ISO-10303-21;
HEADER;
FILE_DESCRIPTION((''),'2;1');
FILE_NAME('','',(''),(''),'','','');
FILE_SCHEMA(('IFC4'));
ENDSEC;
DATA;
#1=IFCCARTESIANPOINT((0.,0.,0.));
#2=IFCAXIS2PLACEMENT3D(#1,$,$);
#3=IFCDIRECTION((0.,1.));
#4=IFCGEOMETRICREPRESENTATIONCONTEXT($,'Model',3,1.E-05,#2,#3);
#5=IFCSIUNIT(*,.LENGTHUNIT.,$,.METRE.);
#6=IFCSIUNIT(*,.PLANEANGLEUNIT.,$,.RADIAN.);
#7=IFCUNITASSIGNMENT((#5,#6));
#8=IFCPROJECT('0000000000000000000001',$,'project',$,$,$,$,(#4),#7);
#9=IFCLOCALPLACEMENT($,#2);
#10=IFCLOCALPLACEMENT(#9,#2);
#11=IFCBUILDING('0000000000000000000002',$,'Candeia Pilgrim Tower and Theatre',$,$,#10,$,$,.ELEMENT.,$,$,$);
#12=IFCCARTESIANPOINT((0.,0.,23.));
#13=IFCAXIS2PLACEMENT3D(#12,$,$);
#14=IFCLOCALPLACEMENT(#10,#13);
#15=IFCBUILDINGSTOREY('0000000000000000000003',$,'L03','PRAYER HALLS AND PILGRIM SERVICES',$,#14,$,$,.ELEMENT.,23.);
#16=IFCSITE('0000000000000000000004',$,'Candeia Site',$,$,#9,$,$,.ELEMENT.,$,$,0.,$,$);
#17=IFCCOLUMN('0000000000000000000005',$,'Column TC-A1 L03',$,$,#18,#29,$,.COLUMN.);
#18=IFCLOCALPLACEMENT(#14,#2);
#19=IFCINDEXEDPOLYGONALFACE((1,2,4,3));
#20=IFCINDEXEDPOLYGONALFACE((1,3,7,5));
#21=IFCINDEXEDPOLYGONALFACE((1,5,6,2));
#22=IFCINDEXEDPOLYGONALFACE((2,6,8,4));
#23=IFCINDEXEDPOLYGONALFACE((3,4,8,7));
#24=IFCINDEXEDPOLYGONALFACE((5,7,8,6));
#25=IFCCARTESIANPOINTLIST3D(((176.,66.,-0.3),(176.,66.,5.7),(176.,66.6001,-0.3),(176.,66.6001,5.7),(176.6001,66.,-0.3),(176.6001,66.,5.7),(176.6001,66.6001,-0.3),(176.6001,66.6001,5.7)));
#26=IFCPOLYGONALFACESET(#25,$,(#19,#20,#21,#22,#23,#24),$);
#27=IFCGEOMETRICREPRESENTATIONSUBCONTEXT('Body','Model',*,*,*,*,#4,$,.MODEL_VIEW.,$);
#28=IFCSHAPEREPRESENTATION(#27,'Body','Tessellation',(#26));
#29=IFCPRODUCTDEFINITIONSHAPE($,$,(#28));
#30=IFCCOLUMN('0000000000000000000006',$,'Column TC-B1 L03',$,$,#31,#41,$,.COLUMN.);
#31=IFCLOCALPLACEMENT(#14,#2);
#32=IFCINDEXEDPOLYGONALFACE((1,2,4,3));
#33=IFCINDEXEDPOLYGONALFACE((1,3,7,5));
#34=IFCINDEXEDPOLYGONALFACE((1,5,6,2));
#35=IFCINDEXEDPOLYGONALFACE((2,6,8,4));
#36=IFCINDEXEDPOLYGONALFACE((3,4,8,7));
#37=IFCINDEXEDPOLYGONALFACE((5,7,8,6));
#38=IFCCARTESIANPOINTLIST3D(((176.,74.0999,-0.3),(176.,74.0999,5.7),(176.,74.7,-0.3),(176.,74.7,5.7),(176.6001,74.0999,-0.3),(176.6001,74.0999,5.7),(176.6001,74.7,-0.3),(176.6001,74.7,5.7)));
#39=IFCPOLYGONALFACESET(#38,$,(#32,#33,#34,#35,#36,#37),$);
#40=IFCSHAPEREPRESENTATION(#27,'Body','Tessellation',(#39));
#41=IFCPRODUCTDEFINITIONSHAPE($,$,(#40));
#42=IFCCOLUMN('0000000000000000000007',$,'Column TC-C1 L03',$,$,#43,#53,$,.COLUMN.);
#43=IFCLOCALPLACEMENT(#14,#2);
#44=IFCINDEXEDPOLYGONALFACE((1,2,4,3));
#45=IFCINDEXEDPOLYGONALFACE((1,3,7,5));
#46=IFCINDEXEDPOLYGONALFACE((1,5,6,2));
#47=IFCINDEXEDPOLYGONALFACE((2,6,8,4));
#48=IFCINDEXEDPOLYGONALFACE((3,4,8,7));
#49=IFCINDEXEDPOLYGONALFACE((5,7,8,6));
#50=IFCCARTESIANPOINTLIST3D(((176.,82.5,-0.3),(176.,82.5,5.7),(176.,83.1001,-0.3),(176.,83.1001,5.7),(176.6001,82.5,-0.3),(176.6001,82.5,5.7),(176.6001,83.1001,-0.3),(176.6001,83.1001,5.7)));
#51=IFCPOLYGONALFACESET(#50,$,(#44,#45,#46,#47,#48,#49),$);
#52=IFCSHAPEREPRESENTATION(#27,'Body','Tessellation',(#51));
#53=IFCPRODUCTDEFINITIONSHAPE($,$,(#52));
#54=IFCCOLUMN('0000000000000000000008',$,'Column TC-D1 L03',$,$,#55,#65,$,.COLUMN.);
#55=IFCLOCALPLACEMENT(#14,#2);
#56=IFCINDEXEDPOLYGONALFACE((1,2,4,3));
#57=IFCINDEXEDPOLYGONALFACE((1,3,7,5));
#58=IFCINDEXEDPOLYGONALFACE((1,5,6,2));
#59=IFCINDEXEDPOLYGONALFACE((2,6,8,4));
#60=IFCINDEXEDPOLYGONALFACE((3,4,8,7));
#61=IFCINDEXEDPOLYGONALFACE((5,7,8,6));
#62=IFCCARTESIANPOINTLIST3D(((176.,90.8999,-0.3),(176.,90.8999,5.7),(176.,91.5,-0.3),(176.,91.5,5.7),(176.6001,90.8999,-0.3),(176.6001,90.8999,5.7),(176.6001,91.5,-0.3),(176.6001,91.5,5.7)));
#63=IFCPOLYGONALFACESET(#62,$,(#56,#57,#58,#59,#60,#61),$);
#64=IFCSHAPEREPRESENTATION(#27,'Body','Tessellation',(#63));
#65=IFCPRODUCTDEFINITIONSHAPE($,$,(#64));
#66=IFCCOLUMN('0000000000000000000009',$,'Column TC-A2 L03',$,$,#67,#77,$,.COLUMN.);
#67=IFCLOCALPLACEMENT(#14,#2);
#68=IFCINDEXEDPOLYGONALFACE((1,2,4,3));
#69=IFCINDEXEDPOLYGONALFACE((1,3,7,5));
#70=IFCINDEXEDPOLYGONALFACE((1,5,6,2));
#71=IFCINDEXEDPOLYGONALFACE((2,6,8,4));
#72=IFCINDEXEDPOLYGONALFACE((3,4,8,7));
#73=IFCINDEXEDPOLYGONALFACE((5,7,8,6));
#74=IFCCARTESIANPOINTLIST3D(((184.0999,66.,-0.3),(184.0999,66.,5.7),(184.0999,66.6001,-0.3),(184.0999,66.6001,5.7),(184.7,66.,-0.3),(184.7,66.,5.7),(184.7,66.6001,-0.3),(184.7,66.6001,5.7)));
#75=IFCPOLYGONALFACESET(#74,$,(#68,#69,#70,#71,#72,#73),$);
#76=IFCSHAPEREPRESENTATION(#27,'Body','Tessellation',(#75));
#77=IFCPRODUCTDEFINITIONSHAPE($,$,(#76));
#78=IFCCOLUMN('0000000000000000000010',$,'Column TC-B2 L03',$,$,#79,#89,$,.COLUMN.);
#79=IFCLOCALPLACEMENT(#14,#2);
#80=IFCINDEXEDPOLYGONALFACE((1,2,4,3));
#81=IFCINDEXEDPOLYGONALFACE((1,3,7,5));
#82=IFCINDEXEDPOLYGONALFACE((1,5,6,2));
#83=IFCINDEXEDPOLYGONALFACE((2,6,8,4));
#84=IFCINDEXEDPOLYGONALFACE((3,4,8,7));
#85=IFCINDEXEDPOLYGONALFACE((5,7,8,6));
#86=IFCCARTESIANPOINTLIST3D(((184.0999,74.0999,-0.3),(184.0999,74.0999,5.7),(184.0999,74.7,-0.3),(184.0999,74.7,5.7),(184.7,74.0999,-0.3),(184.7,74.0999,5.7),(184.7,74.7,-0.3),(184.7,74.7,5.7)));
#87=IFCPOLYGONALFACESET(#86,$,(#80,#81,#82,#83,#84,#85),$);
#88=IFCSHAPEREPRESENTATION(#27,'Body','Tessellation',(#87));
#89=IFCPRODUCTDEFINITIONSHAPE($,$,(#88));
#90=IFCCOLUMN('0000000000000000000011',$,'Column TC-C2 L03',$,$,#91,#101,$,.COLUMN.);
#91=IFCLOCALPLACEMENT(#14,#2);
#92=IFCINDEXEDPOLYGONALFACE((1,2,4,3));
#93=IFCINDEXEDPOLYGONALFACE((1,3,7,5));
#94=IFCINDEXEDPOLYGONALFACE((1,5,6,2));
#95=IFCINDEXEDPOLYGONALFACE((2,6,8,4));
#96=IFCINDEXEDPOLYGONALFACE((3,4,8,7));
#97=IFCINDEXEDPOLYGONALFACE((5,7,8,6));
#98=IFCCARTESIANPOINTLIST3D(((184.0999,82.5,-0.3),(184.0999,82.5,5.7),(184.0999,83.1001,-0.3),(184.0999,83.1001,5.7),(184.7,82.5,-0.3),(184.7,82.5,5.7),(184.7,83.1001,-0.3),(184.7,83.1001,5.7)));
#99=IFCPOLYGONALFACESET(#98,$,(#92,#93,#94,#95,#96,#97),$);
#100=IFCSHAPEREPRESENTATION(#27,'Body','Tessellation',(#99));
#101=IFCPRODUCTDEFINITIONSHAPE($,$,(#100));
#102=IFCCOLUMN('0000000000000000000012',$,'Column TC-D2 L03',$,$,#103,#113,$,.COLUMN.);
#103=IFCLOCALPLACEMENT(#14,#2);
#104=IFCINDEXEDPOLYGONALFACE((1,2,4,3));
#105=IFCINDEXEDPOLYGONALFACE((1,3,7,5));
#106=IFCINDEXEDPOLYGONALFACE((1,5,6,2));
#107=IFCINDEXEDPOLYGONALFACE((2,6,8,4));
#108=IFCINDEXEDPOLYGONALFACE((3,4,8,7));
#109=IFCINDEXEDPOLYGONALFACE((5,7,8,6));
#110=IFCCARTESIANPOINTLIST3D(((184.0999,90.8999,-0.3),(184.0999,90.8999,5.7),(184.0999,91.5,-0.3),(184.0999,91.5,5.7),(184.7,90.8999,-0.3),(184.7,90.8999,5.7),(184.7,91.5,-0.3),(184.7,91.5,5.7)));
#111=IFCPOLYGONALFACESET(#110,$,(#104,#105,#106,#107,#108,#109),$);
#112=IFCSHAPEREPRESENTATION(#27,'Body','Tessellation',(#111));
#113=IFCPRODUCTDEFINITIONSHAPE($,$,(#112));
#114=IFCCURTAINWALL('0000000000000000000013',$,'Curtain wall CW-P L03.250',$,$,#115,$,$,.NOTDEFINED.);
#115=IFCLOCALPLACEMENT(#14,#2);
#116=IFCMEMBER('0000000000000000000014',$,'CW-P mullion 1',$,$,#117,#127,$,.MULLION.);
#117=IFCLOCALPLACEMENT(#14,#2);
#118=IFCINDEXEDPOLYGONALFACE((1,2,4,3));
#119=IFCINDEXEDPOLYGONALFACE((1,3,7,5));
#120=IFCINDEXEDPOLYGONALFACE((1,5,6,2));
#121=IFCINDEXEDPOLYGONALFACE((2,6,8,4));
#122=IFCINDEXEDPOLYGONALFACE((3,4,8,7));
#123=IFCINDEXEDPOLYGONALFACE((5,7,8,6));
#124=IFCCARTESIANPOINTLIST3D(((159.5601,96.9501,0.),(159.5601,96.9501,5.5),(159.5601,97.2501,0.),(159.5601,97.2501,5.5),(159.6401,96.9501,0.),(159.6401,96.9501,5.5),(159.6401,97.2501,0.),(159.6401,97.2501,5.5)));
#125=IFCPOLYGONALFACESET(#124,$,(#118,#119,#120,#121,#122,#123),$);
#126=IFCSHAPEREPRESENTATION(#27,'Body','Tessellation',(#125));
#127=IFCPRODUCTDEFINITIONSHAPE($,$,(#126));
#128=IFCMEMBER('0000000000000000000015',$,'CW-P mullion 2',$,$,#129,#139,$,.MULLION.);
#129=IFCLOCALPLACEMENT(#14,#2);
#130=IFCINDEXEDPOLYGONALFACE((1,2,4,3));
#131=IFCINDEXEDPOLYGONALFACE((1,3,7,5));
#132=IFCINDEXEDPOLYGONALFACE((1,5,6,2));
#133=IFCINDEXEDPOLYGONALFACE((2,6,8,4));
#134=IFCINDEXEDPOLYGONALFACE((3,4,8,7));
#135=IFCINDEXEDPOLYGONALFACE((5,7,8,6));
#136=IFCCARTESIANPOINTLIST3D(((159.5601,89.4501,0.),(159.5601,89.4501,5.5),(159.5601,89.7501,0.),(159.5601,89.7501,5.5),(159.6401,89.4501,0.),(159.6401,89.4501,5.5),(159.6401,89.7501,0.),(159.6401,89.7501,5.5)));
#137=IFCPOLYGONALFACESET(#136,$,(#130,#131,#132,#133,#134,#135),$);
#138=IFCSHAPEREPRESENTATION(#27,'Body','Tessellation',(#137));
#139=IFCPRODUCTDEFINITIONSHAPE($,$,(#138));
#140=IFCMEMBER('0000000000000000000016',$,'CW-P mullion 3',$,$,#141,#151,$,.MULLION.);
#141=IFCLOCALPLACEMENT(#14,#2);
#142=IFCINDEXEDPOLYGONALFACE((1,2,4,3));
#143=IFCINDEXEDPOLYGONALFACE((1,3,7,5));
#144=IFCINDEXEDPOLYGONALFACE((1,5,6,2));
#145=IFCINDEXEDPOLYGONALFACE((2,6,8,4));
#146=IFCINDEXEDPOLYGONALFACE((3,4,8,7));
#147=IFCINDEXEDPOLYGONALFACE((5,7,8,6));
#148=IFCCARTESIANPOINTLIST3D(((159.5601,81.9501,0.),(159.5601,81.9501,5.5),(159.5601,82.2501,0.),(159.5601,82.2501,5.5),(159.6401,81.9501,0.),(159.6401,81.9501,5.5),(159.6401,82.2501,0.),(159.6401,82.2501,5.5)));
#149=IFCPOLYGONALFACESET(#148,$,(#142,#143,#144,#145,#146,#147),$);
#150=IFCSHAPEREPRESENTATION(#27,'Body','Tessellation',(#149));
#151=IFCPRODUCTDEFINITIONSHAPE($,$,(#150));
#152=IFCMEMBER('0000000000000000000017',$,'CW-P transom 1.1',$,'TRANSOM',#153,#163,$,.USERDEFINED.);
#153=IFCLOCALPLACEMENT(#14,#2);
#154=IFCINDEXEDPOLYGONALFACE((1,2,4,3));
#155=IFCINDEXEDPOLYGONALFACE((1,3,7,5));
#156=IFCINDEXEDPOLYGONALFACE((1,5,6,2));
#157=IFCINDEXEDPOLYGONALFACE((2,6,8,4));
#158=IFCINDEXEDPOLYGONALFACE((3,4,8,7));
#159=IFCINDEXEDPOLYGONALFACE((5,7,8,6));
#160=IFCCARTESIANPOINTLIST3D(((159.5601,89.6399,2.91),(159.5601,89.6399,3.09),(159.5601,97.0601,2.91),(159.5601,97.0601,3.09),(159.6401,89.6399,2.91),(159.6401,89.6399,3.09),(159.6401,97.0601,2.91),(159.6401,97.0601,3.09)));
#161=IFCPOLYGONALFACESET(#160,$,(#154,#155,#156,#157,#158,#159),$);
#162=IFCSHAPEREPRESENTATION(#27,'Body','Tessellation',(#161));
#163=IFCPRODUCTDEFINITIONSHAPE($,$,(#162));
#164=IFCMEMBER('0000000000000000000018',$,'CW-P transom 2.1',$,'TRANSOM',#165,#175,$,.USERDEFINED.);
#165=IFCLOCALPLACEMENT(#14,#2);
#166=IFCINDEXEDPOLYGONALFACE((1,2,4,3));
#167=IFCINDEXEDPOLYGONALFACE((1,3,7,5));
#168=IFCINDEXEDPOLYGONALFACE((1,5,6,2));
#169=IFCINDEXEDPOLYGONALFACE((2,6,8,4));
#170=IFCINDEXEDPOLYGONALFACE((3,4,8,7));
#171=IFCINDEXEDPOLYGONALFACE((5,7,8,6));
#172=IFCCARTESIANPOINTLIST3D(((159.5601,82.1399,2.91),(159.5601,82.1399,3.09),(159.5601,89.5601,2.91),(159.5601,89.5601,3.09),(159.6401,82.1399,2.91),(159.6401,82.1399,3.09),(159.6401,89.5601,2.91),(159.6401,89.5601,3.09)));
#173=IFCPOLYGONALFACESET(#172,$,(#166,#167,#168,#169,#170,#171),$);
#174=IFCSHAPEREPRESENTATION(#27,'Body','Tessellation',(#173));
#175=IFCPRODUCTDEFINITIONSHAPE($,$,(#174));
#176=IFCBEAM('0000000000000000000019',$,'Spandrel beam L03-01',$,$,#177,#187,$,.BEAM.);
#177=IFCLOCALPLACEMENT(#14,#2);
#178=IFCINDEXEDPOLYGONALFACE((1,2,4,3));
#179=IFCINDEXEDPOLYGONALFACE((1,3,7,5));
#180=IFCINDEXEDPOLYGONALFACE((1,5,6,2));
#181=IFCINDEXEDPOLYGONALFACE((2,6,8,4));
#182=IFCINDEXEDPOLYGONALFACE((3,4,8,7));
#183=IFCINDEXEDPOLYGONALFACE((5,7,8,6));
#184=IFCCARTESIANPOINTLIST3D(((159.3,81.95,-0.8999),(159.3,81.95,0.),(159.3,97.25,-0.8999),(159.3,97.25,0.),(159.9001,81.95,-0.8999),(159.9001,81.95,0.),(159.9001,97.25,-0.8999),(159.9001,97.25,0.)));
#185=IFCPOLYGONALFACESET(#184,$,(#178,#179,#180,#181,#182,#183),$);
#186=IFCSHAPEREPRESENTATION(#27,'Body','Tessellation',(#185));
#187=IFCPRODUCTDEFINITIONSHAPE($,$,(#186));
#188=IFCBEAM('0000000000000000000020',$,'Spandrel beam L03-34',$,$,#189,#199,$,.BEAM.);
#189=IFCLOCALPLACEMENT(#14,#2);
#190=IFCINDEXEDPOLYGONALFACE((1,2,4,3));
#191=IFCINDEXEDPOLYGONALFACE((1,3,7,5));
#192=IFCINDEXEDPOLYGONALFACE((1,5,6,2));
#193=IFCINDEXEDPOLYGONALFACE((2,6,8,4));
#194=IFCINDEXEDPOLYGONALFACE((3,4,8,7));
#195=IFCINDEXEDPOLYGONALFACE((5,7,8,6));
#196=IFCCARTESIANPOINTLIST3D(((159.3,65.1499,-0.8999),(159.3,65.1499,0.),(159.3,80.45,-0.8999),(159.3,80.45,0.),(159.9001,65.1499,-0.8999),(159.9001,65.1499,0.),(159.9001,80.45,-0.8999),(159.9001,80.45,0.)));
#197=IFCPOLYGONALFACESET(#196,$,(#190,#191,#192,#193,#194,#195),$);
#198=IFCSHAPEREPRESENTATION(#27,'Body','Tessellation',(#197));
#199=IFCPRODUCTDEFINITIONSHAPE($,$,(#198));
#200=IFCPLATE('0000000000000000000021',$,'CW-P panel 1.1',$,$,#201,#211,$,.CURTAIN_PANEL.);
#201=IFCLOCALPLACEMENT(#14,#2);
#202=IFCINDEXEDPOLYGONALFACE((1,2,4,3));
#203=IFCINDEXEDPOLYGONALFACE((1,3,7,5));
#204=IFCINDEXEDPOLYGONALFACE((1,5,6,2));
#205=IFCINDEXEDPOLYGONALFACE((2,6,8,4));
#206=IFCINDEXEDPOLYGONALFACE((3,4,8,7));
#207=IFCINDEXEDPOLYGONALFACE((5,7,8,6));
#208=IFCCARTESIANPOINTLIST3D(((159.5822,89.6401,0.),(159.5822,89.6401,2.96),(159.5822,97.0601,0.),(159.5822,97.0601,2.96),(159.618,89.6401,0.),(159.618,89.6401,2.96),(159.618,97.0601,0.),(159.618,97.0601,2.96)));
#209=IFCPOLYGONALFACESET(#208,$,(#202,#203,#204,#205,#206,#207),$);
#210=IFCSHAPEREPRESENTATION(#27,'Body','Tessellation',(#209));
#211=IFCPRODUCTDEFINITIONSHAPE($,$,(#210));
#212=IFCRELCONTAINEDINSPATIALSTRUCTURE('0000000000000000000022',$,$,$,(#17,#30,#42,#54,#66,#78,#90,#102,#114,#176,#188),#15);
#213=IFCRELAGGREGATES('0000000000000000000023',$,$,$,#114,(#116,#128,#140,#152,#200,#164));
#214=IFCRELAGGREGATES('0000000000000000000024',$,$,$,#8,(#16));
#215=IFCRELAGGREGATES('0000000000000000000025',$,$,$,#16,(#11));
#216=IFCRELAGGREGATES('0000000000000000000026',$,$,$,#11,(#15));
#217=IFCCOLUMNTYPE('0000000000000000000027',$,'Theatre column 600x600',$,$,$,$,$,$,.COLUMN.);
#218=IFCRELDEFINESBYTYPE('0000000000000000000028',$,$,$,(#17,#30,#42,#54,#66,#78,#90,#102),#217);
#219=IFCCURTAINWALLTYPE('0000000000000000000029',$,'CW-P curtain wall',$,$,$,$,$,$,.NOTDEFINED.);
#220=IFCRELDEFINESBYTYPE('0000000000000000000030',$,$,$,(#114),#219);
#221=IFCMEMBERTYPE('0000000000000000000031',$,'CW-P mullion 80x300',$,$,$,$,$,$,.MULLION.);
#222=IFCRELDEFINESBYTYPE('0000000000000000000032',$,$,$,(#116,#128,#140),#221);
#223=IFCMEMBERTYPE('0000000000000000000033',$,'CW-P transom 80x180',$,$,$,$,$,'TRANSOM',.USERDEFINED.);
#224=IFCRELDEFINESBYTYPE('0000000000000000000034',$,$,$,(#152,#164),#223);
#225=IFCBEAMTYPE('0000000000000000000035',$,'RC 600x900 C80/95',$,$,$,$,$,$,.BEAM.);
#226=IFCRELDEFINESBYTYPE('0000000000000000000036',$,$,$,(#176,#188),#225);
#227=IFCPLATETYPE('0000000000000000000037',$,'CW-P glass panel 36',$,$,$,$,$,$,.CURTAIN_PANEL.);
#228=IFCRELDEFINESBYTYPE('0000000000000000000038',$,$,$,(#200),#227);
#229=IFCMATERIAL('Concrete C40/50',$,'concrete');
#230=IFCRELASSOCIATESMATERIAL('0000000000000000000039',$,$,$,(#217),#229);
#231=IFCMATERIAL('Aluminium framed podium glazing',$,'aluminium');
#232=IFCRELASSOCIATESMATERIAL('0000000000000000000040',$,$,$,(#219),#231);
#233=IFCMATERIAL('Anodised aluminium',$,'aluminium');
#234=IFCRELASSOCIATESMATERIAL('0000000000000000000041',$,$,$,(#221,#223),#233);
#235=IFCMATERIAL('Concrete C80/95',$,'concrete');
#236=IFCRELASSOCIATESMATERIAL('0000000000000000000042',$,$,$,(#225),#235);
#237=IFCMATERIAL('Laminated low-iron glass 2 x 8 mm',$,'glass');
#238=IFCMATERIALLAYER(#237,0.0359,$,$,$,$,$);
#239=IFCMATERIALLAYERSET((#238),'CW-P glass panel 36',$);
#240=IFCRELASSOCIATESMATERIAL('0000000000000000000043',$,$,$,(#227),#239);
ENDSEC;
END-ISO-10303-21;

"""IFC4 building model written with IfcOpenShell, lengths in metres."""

from ifc_helpers import new_model, si_unit, direction, frame, origin, origin_2d, place, context, subcontext, project, spatial, rectangle, extrude, material, layer, layer_set, material_profile, profile_set, type_object, element, aggregate, save


model = new_model("IFC4")

# Units and contexts
model_context = context("Model", 3, precision=1e-05, world=origin(), true_north=direction((0.0, 1.0)))
body_context = subcontext(model_context, "Body", "Model", "MODEL_VIEW")
ifc_project = project(units=[si_unit("LENGTHUNIT", "METRE"), si_unit("PLANEANGLEUNIT", "RADIAN")], contexts=[model_context])

# Site, building, storey
site_placement = place(None, origin())
site = spatial("IfcSite", under=ifc_project, at=site_placement, Name="Candeia Site", CompositionType="ELEMENT", RefElevation=0.0)
building_placement = place(site_placement, origin())
building = spatial("IfcBuilding", under=site, at=building_placement, Name="Candeia Pilgrim Tower and Theatre", CompositionType="ELEMENT")
storey_placement = place(building_placement, frame((0.0, 0.0, 23.0)))
storey = spatial("IfcBuildingStorey", under=building, at=storey_placement, Name="L03", Description="PRAYER HALLS AND PILGRIM SERVICES", CompositionType="ELEMENT", Elevation=23.0)

# Columns
ifc_material_1 = material(Name="Concrete C40/50", Category="concrete")
ifc_material_profile_1 = material_profile(ifc_material_1, rectangle(XDim=0.6001, YDim=0.6001, at=origin_2d()))
ifc_profile_set_1 = profile_set([ifc_material_profile_1], Name="Concrete C40/50")
column_type = type_object("IfcColumnType", Name="Theatre column 600x600", PredefinedType="COLUMN", material=ifc_profile_set_1)
for number, where, z_axis, x_axis, name in (
    (1, (176.3, 66.3, -0.3), (0.0, 0.0, 1.0), (1.0, 0.0, 0.0), "Column TC-A1 L03"),
    (2, (176.3, 74.3999, -0.3), (0.0, 0.0, 1.0), (1.0, 0.0, 0.0), "Column TC-B1 L03"),
    (3, (176.3, 82.8, -0.3), (0.0, 0.0, 1.0), (1.0, 0.0, 0.0), "Column TC-C1 L03"),
    (4, (176.3, 91.2, -0.3), (0.0, 0.0, 1.0), (1.0, 0.0, 0.0), "Column TC-D1 L03"),
    (5, (184.3999, 66.3, -0.3), (0.0, 0.0, 1.0), (1.0, 0.0, 0.0), "Column TC-A2 L03"),
    (6, (184.3999, 74.3999, -0.3), (0.0, 0.0, 1.0), (1.0, 0.0, 0.0), "Column TC-B2 L03"),
    (7, (184.3999, 82.8, -0.3), (0.0, 0.0, 1.0), (1.0, 0.0, 0.0), "Column TC-C2 L03"),
    (8, (184.3999, 91.2, -0.3), (0.0, 0.0, 1.0), (1.0, 0.0, 0.0), "Column TC-D2 L03"),
):
    element("IfcColumn", number, at=place(storey_placement, frame(where, z_axis=z_axis, x_axis=x_axis)), inside=storey, type_object=column_type, Name=name, PredefinedType="COLUMN", context=body_context, shape_type="SweptSolid", body=[
        extrude(rectangle(XDim=0.6001, YDim=0.6001, at=origin_2d()), origin(), (0.0, 0.0, 1.0), 6.0),
    ])

# Curtain wall, members
ifc_material_2 = material(Name="Aluminium framed podium glazing", Category="aluminium")
curtain_wall_type = type_object("IfcCurtainWallType", Name="CW-P curtain wall", PredefinedType="NOTDEFINED", material=ifc_material_2)
curtain_wall_placement = place(storey_placement, origin())
curtain_wall = element("IfcCurtainWall", 9, at=curtain_wall_placement, inside=storey, type_object=curtain_wall_type, Name="Curtain wall CW-P L03.250", PredefinedType="NOTDEFINED")
ifc_material_3 = material(Name="Anodised aluminium", Category="aluminium")
ifc_material_profile_2 = material_profile(ifc_material_3, rectangle(XDim=0.0801, YDim=0.3, at=origin_2d()))
ifc_profile_set_2 = profile_set([ifc_material_profile_2], Name="Anodised aluminium")
member_type_1 = type_object("IfcMemberType", Name="CW-P mullion 80x300", PredefinedType="MULLION", material=ifc_profile_set_2)
member_1_placement = place(storey_placement, frame((159.6001, 97.1001, 0.0), z_axis=(0.0, 0.0, 1.0), x_axis=(1.0, 0.0, 0.0)))
member_1 = element("IfcMember", 10, at=member_1_placement, type_object=member_type_1, Name="CW-P mullion 1", PredefinedType="MULLION", context=body_context, shape_type="SweptSolid", body=[
    extrude(rectangle(XDim=0.0801, YDim=0.3, at=origin_2d()), origin(), (0.0, 0.0, 1.0), 5.5),
])
member_2_placement = place(storey_placement, frame((159.6001, 89.6001, 0.0), z_axis=(0.0, 0.0, 1.0), x_axis=(1.0, 0.0, 0.0)))
member_2 = element("IfcMember", 11, at=member_2_placement, type_object=member_type_1, Name="CW-P mullion 2", PredefinedType="MULLION", context=body_context, shape_type="SweptSolid", body=[
    extrude(rectangle(XDim=0.0801, YDim=0.3, at=origin_2d()), origin(), (0.0, 0.0, 1.0), 5.5),
])
member_3_placement = place(storey_placement, frame((159.6001, 82.1001, 0.0), z_axis=(0.0, 0.0, 1.0), x_axis=(1.0, 0.0, 0.0)))
member_3 = element("IfcMember", 12, at=member_3_placement, type_object=member_type_1, Name="CW-P mullion 3", PredefinedType="MULLION", context=body_context, shape_type="SweptSolid", body=[
    extrude(rectangle(XDim=0.0801, YDim=0.3, at=origin_2d()), origin(), (0.0, 0.0, 1.0), 5.5),
])
ifc_material_profile_3 = material_profile(ifc_material_3, rectangle(XDim=0.0801, YDim=0.1799, at=origin_2d()))
ifc_profile_set_3 = profile_set([ifc_material_profile_3], Name="Anodised aluminium")
member_type_2 = type_object("IfcMemberType", Name="CW-P transom 80x180", ElementType="TRANSOM", PredefinedType="USERDEFINED", material=ifc_profile_set_3)
member_4_placement = place(storey_placement, frame((159.6001, 97.0601, 3.0), z_axis=(0.0, -1.0, 0.0), x_axis=(1.0, 0.0, 0.0)))
member_4 = element("IfcMember", 13, at=member_4_placement, type_object=member_type_2, Name="CW-P transom 1.1", ObjectType="TRANSOM", PredefinedType="USERDEFINED", context=body_context, shape_type="SweptSolid", body=[
    extrude(rectangle(XDim=0.0801, YDim=0.1799, at=origin_2d()), origin(), (0.0, 0.0, 1.0), 7.4202),
])
member_5_placement = place(storey_placement, frame((159.6001, 89.5601, 3.0), z_axis=(0.0, -1.0, 0.0), x_axis=(1.0, 0.0, 0.0)))
member_5 = element("IfcMember", 14, at=member_5_placement, type_object=member_type_2, Name="CW-P transom 2.1", ObjectType="TRANSOM", PredefinedType="USERDEFINED", context=body_context, shape_type="SweptSolid", body=[
    extrude(rectangle(XDim=0.0801, YDim=0.1799, at=origin_2d()), origin(), (0.0, 0.0, 1.0), 7.4202),
])

# Beams
ifc_material_4 = material(Name="Concrete C80/95", Category="concrete")
ifc_material_profile_4 = material_profile(ifc_material_4, rectangle(XDim=0.6001, YDim=0.8999, at=origin_2d()))
ifc_profile_set_4 = profile_set([ifc_material_profile_4], Name="Concrete C80/95")
beam_type = type_object("IfcBeamType", Name="RC 600x900 C80/95", PredefinedType="BEAM", material=ifc_profile_set_4)
for number, where, z_axis, x_axis, name in (
    (15, (159.6001, 81.95, -0.45), (0.0, 1.0, 0.0), (-1.0, 0.0, 0.0), "Spandrel beam L03-01"),
    (16, (159.6001, 80.45, -0.45), (0.0, -1.0, 0.0), (1.0, 0.0, 0.0), "Spandrel beam L03-34"),
):
    element("IfcBeam", number, at=place(storey_placement, frame(where, z_axis=z_axis, x_axis=x_axis)), inside=storey, type_object=beam_type, Name=name, PredefinedType="BEAM", context=body_context, shape_type="SweptSolid", body=[
        extrude(rectangle(XDim=0.6001, YDim=0.8999, at=origin_2d()), origin(), (0.0, 0.0, 1.0), 15.3),
    ])

# Plate
ifc_material_5 = material(Name="Laminated low-iron glass 2 x 8 mm", Category="glass")
ifc_layer_1 = layer(ifc_material_5, 0.0359)
ifc_layer_set_1 = layer_set([ifc_layer_1], Name="CW-P glass panel 36")
plate_type = type_object("IfcPlateType", Name="CW-P glass panel 36", PredefinedType="CURTAIN_PANEL", material=ifc_layer_set_1)
plate_1_placement = place(storey_placement, frame((159.6001, 93.3501, 0.0), z_axis=(0.0, 0.0, 1.0), x_axis=(0.0, -1.0, 0.0)))
plate_1 = element("IfcPlate", 17, at=plate_1_placement, type_object=plate_type, Name="CW-P panel 1.1", PredefinedType="CURTAIN_PANEL", context=body_context, shape_type="SweptSolid", body=[
    extrude(rectangle(XDim=7.4199, YDim=0.0359, at=origin_2d()), origin(), (0.0, 0.0, 1.0), 2.96),
])
aggregate(curtain_wall, [member_1, member_2, member_3, member_4, plate_1, member_5])

save(model, "model.ifc")
